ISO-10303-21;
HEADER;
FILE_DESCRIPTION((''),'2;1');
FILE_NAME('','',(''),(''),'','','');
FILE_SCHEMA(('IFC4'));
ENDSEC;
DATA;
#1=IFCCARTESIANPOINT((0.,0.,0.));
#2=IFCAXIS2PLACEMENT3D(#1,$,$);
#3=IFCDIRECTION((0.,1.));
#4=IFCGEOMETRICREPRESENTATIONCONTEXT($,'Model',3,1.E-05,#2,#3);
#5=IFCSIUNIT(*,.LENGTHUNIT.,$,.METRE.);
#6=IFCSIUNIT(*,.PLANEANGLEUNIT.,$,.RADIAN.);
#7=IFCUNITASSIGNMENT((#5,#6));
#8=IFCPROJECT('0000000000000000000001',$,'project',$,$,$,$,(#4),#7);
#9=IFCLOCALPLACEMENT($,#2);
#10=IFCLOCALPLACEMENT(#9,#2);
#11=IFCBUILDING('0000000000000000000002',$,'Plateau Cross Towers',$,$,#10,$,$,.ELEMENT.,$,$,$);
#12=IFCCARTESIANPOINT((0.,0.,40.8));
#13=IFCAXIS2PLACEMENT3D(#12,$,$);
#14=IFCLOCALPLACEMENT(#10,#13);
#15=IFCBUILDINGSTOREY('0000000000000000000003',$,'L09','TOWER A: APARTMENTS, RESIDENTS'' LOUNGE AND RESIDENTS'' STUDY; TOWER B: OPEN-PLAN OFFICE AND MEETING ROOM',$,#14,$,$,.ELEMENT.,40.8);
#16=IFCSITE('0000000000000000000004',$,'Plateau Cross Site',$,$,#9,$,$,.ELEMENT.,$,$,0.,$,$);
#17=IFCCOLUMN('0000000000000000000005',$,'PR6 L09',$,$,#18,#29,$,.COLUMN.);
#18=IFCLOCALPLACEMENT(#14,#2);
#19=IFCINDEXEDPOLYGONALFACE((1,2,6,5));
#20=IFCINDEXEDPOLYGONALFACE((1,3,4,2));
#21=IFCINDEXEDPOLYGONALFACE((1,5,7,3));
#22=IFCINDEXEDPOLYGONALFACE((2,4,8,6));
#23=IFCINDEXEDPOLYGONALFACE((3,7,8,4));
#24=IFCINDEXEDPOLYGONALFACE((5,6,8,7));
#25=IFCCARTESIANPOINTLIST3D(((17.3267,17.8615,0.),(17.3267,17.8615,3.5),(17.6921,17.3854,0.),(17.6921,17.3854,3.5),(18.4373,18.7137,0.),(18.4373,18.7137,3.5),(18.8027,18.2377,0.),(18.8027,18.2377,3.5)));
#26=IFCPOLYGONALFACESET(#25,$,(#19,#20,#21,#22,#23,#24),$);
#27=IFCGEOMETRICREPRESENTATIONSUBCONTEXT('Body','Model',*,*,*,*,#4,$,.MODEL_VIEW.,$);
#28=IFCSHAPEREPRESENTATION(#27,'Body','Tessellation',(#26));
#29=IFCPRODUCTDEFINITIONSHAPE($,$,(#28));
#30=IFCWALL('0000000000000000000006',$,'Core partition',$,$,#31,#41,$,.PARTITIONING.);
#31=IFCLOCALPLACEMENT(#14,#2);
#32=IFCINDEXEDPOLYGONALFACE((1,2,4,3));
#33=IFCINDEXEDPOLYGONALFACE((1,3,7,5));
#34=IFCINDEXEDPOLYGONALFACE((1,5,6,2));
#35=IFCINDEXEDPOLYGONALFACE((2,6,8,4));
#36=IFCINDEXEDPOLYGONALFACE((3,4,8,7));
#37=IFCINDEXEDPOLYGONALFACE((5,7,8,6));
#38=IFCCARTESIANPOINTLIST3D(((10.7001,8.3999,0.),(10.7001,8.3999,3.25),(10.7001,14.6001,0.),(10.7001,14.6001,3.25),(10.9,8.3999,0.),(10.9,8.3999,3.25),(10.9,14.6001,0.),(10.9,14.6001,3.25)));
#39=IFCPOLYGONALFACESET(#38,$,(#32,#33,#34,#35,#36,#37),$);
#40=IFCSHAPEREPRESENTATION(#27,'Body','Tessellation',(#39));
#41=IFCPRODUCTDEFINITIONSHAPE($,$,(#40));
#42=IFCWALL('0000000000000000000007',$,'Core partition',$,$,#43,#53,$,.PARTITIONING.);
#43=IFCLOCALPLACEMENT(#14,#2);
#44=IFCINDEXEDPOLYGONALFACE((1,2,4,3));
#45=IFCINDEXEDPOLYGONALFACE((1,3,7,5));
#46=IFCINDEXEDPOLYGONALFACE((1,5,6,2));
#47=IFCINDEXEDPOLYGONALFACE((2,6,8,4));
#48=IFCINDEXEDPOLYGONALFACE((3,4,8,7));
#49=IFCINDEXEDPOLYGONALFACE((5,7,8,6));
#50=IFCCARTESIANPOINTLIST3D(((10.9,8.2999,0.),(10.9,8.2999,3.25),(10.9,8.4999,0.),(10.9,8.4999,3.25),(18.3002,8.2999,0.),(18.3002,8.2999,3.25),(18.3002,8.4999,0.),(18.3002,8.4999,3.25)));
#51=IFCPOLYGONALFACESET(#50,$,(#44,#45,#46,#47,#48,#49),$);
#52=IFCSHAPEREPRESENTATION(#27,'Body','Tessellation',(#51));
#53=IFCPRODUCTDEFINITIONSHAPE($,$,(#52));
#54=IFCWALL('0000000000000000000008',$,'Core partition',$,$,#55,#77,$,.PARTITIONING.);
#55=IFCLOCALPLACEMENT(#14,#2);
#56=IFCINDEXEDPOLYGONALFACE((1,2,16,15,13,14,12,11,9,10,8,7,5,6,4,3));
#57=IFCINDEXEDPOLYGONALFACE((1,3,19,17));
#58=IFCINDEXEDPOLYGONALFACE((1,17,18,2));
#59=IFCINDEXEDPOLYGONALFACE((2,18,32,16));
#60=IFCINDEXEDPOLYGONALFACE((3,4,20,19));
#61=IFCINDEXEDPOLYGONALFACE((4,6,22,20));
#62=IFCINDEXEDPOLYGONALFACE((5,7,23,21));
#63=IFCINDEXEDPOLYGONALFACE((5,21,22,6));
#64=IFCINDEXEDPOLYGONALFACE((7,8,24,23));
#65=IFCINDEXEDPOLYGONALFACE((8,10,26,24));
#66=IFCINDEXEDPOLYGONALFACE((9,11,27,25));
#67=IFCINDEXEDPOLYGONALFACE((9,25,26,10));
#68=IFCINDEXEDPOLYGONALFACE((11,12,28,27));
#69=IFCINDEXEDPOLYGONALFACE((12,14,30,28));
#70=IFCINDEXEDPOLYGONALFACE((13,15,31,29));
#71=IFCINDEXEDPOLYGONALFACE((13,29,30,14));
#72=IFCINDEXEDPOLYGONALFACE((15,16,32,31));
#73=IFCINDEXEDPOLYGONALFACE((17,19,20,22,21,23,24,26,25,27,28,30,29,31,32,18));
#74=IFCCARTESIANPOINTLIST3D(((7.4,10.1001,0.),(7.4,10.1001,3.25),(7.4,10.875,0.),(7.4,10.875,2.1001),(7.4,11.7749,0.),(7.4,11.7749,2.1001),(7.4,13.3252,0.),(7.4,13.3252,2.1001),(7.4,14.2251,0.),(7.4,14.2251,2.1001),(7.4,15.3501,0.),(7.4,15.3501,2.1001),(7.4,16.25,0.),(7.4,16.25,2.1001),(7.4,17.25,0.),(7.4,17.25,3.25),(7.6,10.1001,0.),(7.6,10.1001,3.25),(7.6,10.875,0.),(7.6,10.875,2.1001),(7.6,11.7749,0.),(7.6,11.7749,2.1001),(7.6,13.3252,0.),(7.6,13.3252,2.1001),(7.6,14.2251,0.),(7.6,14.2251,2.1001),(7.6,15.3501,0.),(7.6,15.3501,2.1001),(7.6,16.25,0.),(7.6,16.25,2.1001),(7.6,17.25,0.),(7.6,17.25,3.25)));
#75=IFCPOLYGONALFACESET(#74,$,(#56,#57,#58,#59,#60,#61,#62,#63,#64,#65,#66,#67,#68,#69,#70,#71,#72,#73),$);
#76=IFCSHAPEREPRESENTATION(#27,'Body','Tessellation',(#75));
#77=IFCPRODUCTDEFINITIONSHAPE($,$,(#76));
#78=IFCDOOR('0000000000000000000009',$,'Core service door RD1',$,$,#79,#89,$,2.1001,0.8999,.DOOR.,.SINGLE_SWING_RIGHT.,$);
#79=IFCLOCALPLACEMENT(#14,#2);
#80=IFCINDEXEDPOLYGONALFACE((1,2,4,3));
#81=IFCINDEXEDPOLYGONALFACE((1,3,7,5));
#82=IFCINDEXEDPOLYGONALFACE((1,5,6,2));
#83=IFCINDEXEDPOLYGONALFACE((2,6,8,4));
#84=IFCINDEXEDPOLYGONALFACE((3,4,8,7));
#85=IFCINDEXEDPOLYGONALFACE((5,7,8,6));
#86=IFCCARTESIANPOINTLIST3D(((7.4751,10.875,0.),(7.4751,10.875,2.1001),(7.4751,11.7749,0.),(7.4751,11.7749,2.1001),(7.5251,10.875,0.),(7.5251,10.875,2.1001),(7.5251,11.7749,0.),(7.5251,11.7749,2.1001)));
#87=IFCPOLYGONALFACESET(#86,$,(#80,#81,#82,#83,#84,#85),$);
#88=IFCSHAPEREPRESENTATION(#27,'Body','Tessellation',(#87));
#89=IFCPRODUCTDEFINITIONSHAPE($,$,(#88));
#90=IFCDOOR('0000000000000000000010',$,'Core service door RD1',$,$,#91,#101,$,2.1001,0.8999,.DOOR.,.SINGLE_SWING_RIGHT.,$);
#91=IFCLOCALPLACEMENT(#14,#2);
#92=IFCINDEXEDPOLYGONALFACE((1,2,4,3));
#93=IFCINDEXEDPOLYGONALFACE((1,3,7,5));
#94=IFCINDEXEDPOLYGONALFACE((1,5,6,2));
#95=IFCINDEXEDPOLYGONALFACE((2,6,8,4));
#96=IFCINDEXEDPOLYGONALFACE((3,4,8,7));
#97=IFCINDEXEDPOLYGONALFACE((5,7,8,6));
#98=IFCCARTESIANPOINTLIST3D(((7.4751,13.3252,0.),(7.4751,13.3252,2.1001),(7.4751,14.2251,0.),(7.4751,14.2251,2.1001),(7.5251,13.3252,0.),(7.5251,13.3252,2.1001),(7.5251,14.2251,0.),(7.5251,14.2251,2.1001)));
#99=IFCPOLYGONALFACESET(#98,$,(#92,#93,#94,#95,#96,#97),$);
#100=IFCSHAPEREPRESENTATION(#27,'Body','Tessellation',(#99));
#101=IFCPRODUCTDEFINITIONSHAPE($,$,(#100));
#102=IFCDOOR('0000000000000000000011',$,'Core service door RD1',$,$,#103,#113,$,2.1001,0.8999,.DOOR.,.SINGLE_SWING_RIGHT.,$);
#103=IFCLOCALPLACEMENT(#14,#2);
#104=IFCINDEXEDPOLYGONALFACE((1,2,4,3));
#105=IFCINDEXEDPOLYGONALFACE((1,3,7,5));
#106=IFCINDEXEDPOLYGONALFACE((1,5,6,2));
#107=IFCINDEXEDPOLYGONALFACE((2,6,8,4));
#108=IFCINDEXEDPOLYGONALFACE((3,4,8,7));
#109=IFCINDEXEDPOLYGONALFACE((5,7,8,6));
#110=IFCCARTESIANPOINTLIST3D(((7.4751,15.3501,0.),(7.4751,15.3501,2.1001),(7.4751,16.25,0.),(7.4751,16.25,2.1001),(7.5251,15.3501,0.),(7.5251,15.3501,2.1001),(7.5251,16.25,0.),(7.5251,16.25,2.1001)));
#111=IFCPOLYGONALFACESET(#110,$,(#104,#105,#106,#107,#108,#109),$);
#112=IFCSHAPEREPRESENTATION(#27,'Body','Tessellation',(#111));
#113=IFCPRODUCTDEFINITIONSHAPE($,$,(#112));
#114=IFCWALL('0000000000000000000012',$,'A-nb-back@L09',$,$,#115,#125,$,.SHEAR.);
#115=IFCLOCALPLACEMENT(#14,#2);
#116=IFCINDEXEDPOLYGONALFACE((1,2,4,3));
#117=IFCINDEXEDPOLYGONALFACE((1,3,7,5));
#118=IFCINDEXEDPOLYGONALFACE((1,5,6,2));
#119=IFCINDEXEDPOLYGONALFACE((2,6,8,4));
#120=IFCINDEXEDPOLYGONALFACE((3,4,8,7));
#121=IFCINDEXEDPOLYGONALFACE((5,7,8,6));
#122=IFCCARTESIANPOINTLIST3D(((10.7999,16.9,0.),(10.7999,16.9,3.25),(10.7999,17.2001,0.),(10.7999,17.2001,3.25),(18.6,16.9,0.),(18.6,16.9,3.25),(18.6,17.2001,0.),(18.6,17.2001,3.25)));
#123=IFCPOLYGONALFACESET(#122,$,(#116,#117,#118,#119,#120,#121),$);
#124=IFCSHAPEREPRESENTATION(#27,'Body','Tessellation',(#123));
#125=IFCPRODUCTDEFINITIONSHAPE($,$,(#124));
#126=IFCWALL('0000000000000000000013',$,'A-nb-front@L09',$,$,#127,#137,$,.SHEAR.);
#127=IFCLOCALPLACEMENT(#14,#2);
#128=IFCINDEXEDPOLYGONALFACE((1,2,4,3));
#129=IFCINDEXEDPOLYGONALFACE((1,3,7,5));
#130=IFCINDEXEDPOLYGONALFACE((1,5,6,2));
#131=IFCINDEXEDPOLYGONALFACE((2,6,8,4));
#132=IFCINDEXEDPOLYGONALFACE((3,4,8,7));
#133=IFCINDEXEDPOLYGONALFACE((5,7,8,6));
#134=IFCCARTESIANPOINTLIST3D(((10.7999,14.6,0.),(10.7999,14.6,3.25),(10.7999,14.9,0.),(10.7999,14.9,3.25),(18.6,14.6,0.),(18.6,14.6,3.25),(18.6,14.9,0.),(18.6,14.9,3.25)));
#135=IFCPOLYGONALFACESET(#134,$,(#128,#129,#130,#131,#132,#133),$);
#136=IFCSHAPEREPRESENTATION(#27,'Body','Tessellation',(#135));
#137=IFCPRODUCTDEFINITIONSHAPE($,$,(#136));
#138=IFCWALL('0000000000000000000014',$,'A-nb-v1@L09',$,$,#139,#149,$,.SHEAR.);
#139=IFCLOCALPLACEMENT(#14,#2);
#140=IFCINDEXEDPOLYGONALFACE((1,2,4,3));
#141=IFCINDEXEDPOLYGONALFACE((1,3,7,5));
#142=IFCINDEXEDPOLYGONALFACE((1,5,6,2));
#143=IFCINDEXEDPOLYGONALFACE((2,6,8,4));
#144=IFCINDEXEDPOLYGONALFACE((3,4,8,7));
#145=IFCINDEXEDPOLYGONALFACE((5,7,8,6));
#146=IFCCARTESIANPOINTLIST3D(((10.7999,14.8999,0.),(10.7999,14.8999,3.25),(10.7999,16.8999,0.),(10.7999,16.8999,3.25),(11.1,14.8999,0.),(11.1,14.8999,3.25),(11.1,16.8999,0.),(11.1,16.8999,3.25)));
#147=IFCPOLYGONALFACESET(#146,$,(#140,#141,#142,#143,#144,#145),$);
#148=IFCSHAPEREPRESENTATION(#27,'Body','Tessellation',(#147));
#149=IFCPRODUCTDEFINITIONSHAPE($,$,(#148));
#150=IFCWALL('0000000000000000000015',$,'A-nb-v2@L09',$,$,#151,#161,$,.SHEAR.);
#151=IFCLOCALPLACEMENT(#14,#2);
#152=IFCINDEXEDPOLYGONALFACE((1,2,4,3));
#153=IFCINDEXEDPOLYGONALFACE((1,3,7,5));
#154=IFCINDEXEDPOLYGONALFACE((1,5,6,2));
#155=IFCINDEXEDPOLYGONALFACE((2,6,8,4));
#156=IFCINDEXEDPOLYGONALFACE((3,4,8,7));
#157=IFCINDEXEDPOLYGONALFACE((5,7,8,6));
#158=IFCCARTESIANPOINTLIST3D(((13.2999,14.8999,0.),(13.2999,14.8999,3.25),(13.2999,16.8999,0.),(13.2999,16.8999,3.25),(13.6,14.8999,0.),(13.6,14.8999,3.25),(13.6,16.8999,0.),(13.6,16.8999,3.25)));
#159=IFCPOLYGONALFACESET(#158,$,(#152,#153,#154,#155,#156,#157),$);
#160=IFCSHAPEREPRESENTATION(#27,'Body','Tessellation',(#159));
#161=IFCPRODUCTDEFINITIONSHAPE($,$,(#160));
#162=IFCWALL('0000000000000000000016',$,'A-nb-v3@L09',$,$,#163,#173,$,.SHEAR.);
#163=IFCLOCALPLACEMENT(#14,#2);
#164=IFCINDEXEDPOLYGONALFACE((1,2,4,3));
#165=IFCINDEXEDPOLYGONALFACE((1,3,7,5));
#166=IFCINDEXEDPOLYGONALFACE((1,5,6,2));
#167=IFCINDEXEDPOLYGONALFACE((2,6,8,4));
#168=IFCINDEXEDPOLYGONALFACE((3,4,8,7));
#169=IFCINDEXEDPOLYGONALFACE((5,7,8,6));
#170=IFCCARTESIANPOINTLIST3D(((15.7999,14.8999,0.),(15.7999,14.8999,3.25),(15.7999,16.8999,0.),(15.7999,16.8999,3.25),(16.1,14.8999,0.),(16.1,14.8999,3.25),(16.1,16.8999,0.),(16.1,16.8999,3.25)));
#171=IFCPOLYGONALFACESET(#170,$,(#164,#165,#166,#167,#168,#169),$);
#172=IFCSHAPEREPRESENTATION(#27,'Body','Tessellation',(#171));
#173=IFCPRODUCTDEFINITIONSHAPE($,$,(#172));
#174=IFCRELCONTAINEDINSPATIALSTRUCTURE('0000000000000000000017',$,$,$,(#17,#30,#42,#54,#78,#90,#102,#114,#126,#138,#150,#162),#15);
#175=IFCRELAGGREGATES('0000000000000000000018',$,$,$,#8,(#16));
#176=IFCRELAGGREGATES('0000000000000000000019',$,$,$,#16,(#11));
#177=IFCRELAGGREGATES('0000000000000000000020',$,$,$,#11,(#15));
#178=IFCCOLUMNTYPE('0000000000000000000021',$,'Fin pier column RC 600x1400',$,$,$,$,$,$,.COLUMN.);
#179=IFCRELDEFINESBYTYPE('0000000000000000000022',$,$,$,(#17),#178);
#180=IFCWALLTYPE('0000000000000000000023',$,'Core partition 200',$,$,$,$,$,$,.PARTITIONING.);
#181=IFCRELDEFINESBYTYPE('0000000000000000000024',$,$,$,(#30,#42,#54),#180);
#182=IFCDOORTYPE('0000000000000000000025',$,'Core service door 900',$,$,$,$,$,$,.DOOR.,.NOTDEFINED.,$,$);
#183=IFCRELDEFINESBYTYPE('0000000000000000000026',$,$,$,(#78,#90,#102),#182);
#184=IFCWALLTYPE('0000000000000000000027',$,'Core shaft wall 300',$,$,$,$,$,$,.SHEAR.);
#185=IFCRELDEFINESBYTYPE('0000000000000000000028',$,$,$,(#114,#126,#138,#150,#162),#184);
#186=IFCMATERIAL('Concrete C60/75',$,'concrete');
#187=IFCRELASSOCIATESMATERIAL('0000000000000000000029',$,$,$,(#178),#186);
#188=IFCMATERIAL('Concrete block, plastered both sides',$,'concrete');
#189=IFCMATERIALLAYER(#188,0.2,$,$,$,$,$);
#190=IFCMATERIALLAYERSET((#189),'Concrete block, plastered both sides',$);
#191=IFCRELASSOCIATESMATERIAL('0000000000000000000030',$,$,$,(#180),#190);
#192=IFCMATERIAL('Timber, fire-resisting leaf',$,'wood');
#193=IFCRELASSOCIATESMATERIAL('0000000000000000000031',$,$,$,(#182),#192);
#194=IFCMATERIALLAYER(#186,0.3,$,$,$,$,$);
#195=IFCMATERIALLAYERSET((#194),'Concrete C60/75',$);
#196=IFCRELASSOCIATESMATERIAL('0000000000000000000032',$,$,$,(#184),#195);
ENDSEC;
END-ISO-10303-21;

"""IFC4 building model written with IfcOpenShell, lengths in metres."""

from ifc_helpers import new_model, si_unit, direction, frame, frame_2d, origin, origin_2d, place, context, subcontext, project, spatial, rectangle, extrude, material, layer, layer_set, material_profile, profile_set, type_object, element, fill, save


model = new_model("IFC4")

# Units and contexts
model_context = context("Model", 3, precision=1e-05, world=origin(), true_north=direction((0.0, 1.0)))
body_context = subcontext(model_context, "Body", "Model", "MODEL_VIEW")
ifc_project = project(units=[si_unit("LENGTHUNIT", "METRE"), si_unit("PLANEANGLEUNIT", "RADIAN")], contexts=[model_context])

# Site, building, storey
site_placement = place(None, origin())
site = spatial("IfcSite", under=ifc_project, at=site_placement, Name="Plateau Cross Site", CompositionType="ELEMENT", RefElevation=0.0)
building_placement = place(site_placement, origin())
building = spatial("IfcBuilding", under=site, at=building_placement, Name="Plateau Cross Towers", CompositionType="ELEMENT")
storey_placement = place(building_placement, frame((0.0, 0.0, 40.8)))
storey = spatial("IfcBuildingStorey", under=building, at=storey_placement, Name="L09", Description="TOWER A: APARTMENTS, RESIDENTS' LOUNGE AND RESIDENTS' STUDY; TOWER B: OPEN-PLAN OFFICE AND MEETING ROOM", CompositionType="ELEMENT", Elevation=40.8)

# Column
ifc_material_1 = material(Name="Concrete C60/75", Category="concrete")
ifc_material_profile = material_profile(ifc_material_1, rectangle(XDim=0.6001, YDim=1.3999, at=origin_2d()), Name="RC 600x1400")
ifc_profile_set = profile_set([ifc_material_profile], Name="Concrete C60/75")
column_type = type_object("IfcColumnType", Name="Fin pier column RC 600x1400", PredefinedType="COLUMN", material=ifc_profile_set)
column_placement = place(storey_placement, frame((18.0647, 18.0496, 0.0), z_axis=(0.0, 0.0, 1.0), x_axis=(-0.608811, 0.793315, 0.0)))
element("IfcColumn", 1, at=column_placement, inside=storey, type_object=column_type, Name="PR6 L09", PredefinedType="COLUMN", context=body_context, shape_type="SweptSolid", body=[
    extrude(rectangle(XDim=0.6001, YDim=1.3999, at=origin_2d()), origin(), (0.0, 0.0, 1.0), 3.5),
])

# Walls
ifc_material_2 = material(Name="Concrete block, plastered both sides", Category="concrete")
ifc_layer_1 = layer(ifc_material_2, 0.2)
ifc_layer_set_1 = layer_set([ifc_layer_1], Name="Concrete block, plastered both sides")
wall_type_1 = type_object("IfcWallType", Name="Core partition 200", PredefinedType="PARTITIONING", material=ifc_layer_set_1)
wall_1_placement = place(storey_placement, frame((10.8, 8.3999, 0.0), z_axis=(0.0, 0.0, 1.0), x_axis=(0.0, 1.0, 0.0)))
element("IfcWall", 2, at=wall_1_placement, inside=storey, type_object=wall_type_1, Name="Core partition", PredefinedType="PARTITIONING", context=body_context, shape_type="SweptSolid", body=[
    extrude(rectangle(XDim=6.2002, YDim=0.2, at=frame_2d((3.1001, 0.0))), origin(), (0.0, 0.0, 1.0), 3.25),
])
wall_2_placement = place(storey_placement, frame((10.8999, 8.3999, 0.0), z_axis=(0.0, 0.0, 1.0), x_axis=(1.0, 0.0, 0.0)))
element("IfcWall", 3, at=wall_2_placement, inside=storey, type_object=wall_type_1, Name="Core partition", PredefinedType="PARTITIONING", context=body_context, shape_type="SweptSolid", body=[
    extrude(rectangle(XDim=7.4001, YDim=0.2, at=frame_2d((3.7002, 0.0))), origin(), (0.0, 0.0, 1.0), 3.25),
])

# Wall, openings, doors
wall_3_placement = place(storey_placement, frame((7.5, 10.1001, 0.0), z_axis=(0.0, 0.0, 1.0), x_axis=(0.0, 1.0, 0.0)))
wall_3 = element("IfcWall", 4, at=wall_3_placement, inside=storey, type_object=wall_type_1, Name="Core partition", PredefinedType="PARTITIONING", context=body_context, shape_type="SweptSolid", body=[
    extrude(rectangle(XDim=7.1499, YDim=0.2, at=frame_2d((3.575, 0.0))), origin(), (0.0, 0.0, 1.0), 3.25),
])
opening_1_placement = place(wall_3_placement, frame((0.7749, 0.0, 0.0)))
opening_1 = element("IfcOpeningElement", 5, at=opening_1_placement, cuts=wall_3, PredefinedType="OPENING", context=body_context, shape_type="SweptSolid", body=[
    extrude(rectangle(XDim=0.8999, YDim=2.1001, at=frame_2d((0.45, 1.05))), frame((0.0, 0.1099, 0.0), z_axis=(0.0, -1.0, 0.0), x_axis=(1.0, 0.0, 0.0)), (0.0, 0.0, 1.0), 0.22),
])
opening_2_placement = place(wall_3_placement, frame((3.2251, 0.0, 0.0)))
opening_2 = element("IfcOpeningElement", 6, at=opening_2_placement, cuts=wall_3, PredefinedType="OPENING", context=body_context, shape_type="SweptSolid", body=[
    extrude(rectangle(XDim=0.8999, YDim=2.1001, at=frame_2d((0.45, 1.05))), frame((0.0, 0.1099, 0.0), z_axis=(0.0, -1.0, 0.0), x_axis=(1.0, 0.0, 0.0)), (0.0, 0.0, 1.0), 0.22),
])
opening_3_placement = place(wall_3_placement, frame((5.25, 0.0, 0.0)))
opening_3 = element("IfcOpeningElement", 7, at=opening_3_placement, cuts=wall_3, PredefinedType="OPENING", context=body_context, shape_type="SweptSolid", body=[
    extrude(rectangle(XDim=0.8999, YDim=2.1001, at=frame_2d((0.45, 1.05))), frame((0.0, 0.1099, 0.0), z_axis=(0.0, -1.0, 0.0), x_axis=(1.0, 0.0, 0.0)), (0.0, 0.0, 1.0), 0.22),
])
ifc_material_3 = material(Name="Timber, fire-resisting leaf", Category="wood")
door_type_1 = type_object("IfcDoorType", Name="Core service door 900", OperationType="NOTDEFINED", PredefinedType="DOOR", material=ifc_material_3)
door_1_placement = place(opening_1_placement, origin())
door_1 = element("IfcDoor", 8, at=door_1_placement, inside=storey, type_object=door_type_1, Name="Core service door RD1", OperationType="SINGLE_SWING_RIGHT", OverallHeight=2.1001, OverallWidth=0.8999, PredefinedType="DOOR", context=body_context, shape_type="SweptSolid", body=[
    extrude(rectangle(XDim=0.8999, YDim=2.1001, at=frame_2d((0.45, 1.05))), frame((0.0, 0.0249, 0.0), z_axis=(0.0, -1.0, 0.0), x_axis=(1.0, 0.0, 0.0)), (0.0, 0.0, 1.0), 0.05),
])
fill(opening_1, door_1)
door_2_placement = place(opening_2_placement, origin())
door_2 = element("IfcDoor", 9, at=door_2_placement, inside=storey, type_object=door_type_1, Name="Core service door RD1", OperationType="SINGLE_SWING_RIGHT", OverallHeight=2.1001, OverallWidth=0.8999, PredefinedType="DOOR", context=body_context, shape_type="SweptSolid", body=[
    extrude(rectangle(XDim=0.8999, YDim=2.1001, at=frame_2d((0.45, 1.05))), frame((0.0, 0.0249, 0.0), z_axis=(0.0, -1.0, 0.0), x_axis=(1.0, 0.0, 0.0)), (0.0, 0.0, 1.0), 0.05),
])
fill(opening_2, door_2)
door_3_placement = place(opening_3_placement, origin())
door_3 = element("IfcDoor", 10, at=door_3_placement, inside=storey, type_object=door_type_1, Name="Core service door RD1", OperationType="SINGLE_SWING_RIGHT", OverallHeight=2.1001, OverallWidth=0.8999, PredefinedType="DOOR", context=body_context, shape_type="SweptSolid", body=[
    extrude(rectangle(XDim=0.8999, YDim=2.1001, at=frame_2d((0.45, 1.05))), frame((0.0, 0.0249, 0.0), z_axis=(0.0, -1.0, 0.0), x_axis=(1.0, 0.0, 0.0)), (0.0, 0.0, 1.0), 0.05),
])
fill(opening_3, door_3)

# Walls
ifc_layer_2 = layer(ifc_material_1, 0.3)
ifc_layer_set_2 = layer_set([ifc_layer_2], Name="Concrete C60/75")
wall_type_2 = type_object("IfcWallType", Name="Core shaft wall 300", PredefinedType="SHEAR", material=ifc_layer_set_2)
for number, where, z_axis, x_axis, name in (
    (11, (10.8, 17.05, 0.0), (0.0, 0.0, 1.0), (1.0, 0.0, 0.0), "A-nb-back@L09"),
    (12, (10.8, 14.75, 0.0), (0.0, 0.0, 1.0), (1.0, 0.0, 0.0), "A-nb-front@L09"),
):
    element("IfcWall", number, at=place(storey_placement, frame(where, z_axis=z_axis, x_axis=x_axis)), inside=storey, type_object=wall_type_2, Name=name, PredefinedType="SHEAR", context=body_context, shape_type="SweptSolid", body=[
        extrude(rectangle(XDim=7.8, YDim=0.3, at=frame_2d((3.8999, 0.0))), origin(), (0.0, 0.0, 1.0), 3.25),
    ])
for number, where, z_axis, x_axis, name in (
    (13, (10.95, 14.8999, 0.0), (0.0, 0.0, 1.0), (0.0, 1.0, 0.0), "A-nb-v1@L09"),
    (14, (13.45, 14.8999, 0.0), (0.0, 0.0, 1.0), (0.0, 1.0, 0.0), "A-nb-v2@L09"),
    (15, (15.95, 14.8999, 0.0), (0.0, 0.0, 1.0), (0.0, 1.0, 0.0), "A-nb-v3@L09"),
):
    element("IfcWall", number, at=place(storey_placement, frame(where, z_axis=z_axis, x_axis=x_axis)), inside=storey, type_object=wall_type_2, Name=name, PredefinedType="SHEAR", context=body_context, shape_type="SweptSolid", body=[
        extrude(rectangle(XDim=2.0, YDim=0.3, at=frame_2d((1.0, 0.0))), origin(), (0.0, 0.0, 1.0), 3.25),
    ])

save(model, "model.ifc")
